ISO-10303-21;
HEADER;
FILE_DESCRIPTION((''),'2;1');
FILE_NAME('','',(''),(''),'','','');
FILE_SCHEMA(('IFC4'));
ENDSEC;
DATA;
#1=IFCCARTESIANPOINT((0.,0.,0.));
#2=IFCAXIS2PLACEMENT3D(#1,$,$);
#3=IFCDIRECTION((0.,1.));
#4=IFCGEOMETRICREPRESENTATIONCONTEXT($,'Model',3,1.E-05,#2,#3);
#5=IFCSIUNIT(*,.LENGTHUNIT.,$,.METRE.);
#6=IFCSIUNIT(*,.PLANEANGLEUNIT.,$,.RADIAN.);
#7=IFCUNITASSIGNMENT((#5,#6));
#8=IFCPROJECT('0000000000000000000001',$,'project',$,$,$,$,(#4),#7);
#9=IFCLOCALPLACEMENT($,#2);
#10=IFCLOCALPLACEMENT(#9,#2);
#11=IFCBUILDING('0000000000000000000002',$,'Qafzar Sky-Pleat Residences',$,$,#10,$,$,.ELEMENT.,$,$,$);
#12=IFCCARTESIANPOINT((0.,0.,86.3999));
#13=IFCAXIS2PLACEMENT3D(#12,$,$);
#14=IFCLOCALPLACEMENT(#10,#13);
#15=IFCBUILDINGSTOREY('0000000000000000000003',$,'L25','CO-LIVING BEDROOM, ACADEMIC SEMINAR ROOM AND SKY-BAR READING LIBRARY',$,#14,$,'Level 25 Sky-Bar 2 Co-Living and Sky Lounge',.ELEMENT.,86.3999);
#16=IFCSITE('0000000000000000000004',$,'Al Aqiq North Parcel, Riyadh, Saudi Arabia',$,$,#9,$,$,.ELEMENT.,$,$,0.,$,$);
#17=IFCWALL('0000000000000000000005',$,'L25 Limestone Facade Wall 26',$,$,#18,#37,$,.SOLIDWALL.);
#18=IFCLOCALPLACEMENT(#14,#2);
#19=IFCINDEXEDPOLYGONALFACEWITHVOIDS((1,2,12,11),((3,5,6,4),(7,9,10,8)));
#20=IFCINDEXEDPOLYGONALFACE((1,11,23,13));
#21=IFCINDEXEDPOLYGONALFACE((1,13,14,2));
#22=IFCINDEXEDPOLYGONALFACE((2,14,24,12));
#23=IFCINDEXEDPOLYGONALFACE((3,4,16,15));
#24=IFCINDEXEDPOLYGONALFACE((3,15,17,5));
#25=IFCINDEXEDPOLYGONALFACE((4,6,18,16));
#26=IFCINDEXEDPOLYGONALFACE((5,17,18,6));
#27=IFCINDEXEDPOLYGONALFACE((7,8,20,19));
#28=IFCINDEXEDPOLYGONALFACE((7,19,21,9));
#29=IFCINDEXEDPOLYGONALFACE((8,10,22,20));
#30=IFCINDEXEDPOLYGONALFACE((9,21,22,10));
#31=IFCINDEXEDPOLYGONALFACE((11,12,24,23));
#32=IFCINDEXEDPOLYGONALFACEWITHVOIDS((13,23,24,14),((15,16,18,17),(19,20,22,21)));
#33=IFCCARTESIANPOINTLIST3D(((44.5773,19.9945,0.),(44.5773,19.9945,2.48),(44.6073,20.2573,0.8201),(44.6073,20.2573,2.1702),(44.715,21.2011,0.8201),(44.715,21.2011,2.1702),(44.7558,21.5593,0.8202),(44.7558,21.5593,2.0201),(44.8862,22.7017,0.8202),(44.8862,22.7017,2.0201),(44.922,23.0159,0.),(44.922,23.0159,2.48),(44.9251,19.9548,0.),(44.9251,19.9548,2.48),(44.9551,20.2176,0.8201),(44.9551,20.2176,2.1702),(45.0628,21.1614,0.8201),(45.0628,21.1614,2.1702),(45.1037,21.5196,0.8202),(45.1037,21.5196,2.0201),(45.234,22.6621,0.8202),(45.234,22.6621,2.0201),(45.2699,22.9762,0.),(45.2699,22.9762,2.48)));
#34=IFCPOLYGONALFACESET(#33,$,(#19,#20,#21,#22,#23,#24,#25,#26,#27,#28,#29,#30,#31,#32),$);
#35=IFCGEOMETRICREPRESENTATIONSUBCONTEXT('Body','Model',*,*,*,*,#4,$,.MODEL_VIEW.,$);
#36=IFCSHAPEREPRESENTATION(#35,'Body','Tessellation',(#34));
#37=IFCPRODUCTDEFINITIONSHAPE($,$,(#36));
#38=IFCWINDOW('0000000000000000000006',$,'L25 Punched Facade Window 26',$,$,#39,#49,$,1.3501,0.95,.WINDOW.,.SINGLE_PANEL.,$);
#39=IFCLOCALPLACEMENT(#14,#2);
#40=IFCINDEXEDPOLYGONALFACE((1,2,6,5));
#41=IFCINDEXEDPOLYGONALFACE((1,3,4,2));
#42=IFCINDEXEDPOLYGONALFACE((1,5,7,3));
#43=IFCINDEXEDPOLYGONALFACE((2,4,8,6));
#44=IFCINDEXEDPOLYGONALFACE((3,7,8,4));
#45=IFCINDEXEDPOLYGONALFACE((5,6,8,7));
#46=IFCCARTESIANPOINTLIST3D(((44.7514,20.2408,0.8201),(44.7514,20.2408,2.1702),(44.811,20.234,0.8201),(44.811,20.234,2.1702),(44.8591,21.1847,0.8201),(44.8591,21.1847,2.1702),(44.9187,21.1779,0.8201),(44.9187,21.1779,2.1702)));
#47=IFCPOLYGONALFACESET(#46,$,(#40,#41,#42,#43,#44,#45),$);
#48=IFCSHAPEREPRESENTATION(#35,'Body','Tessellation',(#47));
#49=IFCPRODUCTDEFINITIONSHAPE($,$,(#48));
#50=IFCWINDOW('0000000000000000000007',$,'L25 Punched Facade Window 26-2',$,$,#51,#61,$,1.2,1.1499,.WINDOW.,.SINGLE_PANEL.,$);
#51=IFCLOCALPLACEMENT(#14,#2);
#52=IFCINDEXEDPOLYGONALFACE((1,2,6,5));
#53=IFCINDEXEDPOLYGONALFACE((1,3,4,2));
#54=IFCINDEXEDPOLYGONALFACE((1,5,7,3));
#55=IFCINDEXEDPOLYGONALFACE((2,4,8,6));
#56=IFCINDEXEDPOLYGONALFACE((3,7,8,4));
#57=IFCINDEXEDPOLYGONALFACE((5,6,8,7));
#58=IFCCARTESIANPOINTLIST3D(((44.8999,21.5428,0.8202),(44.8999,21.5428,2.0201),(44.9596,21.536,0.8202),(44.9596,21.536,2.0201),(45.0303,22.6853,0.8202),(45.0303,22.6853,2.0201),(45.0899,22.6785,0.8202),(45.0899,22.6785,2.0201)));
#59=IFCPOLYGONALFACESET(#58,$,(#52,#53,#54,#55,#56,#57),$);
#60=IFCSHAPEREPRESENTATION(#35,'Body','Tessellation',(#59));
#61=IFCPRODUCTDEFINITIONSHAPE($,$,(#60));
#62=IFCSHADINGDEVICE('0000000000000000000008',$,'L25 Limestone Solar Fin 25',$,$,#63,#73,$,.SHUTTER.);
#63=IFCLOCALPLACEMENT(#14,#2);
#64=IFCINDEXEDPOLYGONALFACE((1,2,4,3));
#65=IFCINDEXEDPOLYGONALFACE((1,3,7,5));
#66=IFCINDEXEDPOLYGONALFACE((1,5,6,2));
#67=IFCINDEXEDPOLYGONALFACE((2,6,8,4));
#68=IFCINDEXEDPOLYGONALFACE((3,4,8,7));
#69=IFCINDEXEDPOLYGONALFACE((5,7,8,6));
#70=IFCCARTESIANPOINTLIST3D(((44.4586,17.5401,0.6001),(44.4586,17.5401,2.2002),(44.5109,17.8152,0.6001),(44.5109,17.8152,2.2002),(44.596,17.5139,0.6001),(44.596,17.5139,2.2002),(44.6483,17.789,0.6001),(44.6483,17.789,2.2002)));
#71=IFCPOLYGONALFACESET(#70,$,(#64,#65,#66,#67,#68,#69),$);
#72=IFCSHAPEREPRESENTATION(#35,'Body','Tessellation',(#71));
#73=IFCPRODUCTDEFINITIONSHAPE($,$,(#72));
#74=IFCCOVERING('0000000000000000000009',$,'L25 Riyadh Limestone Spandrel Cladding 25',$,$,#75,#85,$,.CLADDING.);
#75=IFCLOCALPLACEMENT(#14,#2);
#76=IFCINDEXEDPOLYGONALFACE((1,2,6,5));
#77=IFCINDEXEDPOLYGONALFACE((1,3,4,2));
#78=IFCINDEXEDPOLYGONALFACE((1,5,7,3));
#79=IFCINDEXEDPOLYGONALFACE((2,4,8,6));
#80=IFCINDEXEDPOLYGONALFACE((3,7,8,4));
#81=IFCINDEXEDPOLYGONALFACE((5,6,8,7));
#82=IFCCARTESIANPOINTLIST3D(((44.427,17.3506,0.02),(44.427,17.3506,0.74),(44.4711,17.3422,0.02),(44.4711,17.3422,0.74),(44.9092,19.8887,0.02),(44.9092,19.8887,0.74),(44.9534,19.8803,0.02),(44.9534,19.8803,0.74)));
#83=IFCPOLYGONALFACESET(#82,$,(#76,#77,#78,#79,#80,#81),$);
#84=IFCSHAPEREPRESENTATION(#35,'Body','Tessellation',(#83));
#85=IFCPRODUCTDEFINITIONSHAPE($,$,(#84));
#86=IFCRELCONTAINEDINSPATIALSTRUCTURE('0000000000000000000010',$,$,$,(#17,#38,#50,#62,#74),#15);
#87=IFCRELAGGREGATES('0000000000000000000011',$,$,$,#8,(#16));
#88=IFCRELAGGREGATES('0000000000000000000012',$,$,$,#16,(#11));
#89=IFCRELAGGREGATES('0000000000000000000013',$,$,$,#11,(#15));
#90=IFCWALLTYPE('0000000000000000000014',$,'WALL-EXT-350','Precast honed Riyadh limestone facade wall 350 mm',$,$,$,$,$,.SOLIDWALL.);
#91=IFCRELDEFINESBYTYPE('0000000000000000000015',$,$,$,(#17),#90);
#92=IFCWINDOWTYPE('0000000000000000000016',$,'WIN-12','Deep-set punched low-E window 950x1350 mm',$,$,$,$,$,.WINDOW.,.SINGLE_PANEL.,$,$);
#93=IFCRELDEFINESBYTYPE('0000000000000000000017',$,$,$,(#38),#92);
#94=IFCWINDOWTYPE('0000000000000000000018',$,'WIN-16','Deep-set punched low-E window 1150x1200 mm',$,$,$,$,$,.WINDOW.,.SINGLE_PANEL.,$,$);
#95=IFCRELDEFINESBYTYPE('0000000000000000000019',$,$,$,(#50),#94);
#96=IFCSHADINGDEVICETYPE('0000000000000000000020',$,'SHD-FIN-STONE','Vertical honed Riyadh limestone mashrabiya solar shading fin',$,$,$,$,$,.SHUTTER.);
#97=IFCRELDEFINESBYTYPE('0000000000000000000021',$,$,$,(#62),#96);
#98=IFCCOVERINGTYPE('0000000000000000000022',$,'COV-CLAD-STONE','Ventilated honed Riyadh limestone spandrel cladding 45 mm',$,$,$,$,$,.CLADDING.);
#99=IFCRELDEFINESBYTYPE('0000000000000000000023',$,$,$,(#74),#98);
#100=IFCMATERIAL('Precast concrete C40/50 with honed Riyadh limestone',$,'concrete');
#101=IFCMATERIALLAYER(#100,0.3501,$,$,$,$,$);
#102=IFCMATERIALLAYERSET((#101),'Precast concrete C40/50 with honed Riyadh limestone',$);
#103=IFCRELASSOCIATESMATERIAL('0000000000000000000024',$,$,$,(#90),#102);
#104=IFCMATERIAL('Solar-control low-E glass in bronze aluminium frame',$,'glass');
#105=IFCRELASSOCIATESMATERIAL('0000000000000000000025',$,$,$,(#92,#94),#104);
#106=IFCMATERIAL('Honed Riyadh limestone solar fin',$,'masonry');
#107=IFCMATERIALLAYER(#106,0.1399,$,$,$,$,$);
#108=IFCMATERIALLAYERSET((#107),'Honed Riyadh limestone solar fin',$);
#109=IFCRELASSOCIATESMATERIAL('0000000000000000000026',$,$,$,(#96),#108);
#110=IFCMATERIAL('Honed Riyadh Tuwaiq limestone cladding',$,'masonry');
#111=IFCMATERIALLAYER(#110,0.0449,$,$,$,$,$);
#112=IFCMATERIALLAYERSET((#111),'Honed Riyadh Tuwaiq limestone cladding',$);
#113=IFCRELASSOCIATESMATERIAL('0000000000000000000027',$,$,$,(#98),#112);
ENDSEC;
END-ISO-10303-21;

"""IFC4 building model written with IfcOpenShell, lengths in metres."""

from ifc_helpers import new_model, si_unit, direction, frame, frame_2d, origin, origin_2d, place, context, subcontext, project, spatial, rectangle, extrude, source, transform, mapped, material, layer, layer_set, type_object, element, fill, save


model = new_model("IFC4")

# Units and contexts
model_context = context("Model", 3, precision=1e-05, world=origin(), true_north=direction((0.0, 1.0)))
body_context = subcontext(model_context, "Body", "Model", "MODEL_VIEW")
ifc_project = project(units=[si_unit("LENGTHUNIT", "METRE"), si_unit("PLANEANGLEUNIT", "RADIAN")], contexts=[model_context])

# Site, building, storey
site_placement = place(None, origin())
site = spatial("IfcSite", under=ifc_project, at=site_placement, Name="Al Aqiq North Parcel, Riyadh, Saudi Arabia", CompositionType="ELEMENT", RefElevation=0.0)
building_placement = place(site_placement, origin())
building = spatial("IfcBuilding", under=site, at=building_placement, Name="Qafzar Sky-Pleat Residences", CompositionType="ELEMENT")
storey_placement = place(building_placement, frame((0.0, 0.0, 86.3999)))
storey = spatial("IfcBuildingStorey", under=building, at=storey_placement, Name="L25", Description="CO-LIVING BEDROOM, ACADEMIC SEMINAR ROOM AND SKY-BAR READING LIBRARY", LongName="Level 25 Sky-Bar 2 Co-Living and Sky Lounge", CompositionType="ELEMENT", Elevation=86.3999)

# Shared definitions
ifc_material_1 = material(Name="Precast concrete C40/50 with honed Riyadh limestone", Category="concrete")
ifc_layer_1 = layer(ifc_material_1, 0.3501)
ifc_layer_set_1 = layer_set([ifc_layer_1], Name="Precast concrete C40/50 with honed Riyadh limestone")
wall_type_1 = type_object("IfcWallType", Name="WALL-EXT-350", Description="Precast honed Riyadh limestone facade wall 350 mm", PredefinedType="SOLIDWALL", material=ifc_layer_set_1)

# Shared definitions
ifc_material_2 = material(Name="Solar-control low-E glass in bronze aluminium frame", Category="glass")

# Wall, openings, windows
wall_1_placement = place(storey_placement, frame((44.7512, 19.9746, 0.0), z_axis=(0.0, 0.0, 1.0), x_axis=(0.113356, 0.993554, 0.0)))
wall_1 = element("IfcWall", 1, at=wall_1_placement, inside=storey, type_object=wall_type_1, Name="L25 Limestone Facade Wall 26", PredefinedType="SOLIDWALL", context=body_context, shape_type="SweptSolid", body=[
    extrude(rectangle(XDim=3.041, YDim=0.3501, at=frame_2d((1.5205, 0.0))), origin(), (0.0, 0.0, 1.0), 2.48),
])
opening_1_placement = place(wall_1_placement, frame((0.2644, 0.0, 0.8201)))
opening_1 = element("IfcOpeningElement", 2, at=opening_1_placement, cuts=wall_1, PredefinedType="OPENING", context=body_context, shape_type="SweptSolid", body=[
    extrude(rectangle(XDim=0.95, YDim=1.3501, at=frame_2d((0.4751, 0.675))), frame((0.0, 0.1851, 0.0), z_axis=(0.0, -1.0, 0.0), x_axis=(1.0, 0.0, 0.0)), (0.0, 0.0, 1.0), 0.3701),
])
opening_2_placement = place(wall_1_placement, frame((1.575, 0.0, 0.8201)))
opening_2 = element("IfcOpeningElement", 3, at=opening_2_placement, cuts=wall_1, PredefinedType="OPENING", context=body_context, shape_type="SweptSolid", body=[
    extrude(rectangle(XDim=1.1499, YDim=1.2, at=frame_2d((0.575, 0.6001))), frame((0.0, 0.1851, 0.0), z_axis=(0.0, -1.0, 0.0), x_axis=(1.0, 0.0, 0.0)), (0.0, 0.0, 1.0), 0.3701),
])
window_type_1 = type_object("IfcWindowType", Name="WIN-12", Description="Deep-set punched low-E window 950x1350 mm", PartitioningType="SINGLE_PANEL", PredefinedType="WINDOW", material=ifc_material_2)
shared_shape_1 = source(origin(), body_context, "Body", "SweptSolid", [
    extrude(rectangle(XDim=0.95, YDim=1.3501, at=frame_2d((0.4751, 0.675))), frame((0.0, 0.03, 0.0), z_axis=(0.0, -1.0, 0.0), x_axis=(1.0, 0.0, 0.0)), (0.0, 0.0, 1.0), 0.0601),
])
window_1_placement = place(opening_1_placement, origin())
window_1 = element("IfcWindow", 4, at=window_1_placement, inside=storey, type_object=window_type_1, Name="L25 Punched Facade Window 26", OverallHeight=1.3501, OverallWidth=0.95, PartitioningType="SINGLE_PANEL", PredefinedType="WINDOW", context=body_context, shape_type="MappedRepresentation", body=[
    mapped(shared_shape_1, transform((0.0, 0.0, 0.0), x_axis=(1.0, 0.0, 0.0), y_axis=(0.0, 1.0, 0.0), z_axis=(0.0, 0.0, 1.0), scale=1.0)),
])
fill(opening_1, window_1)
window_type_2 = type_object("IfcWindowType", Name="WIN-16", Description="Deep-set punched low-E window 1150x1200 mm", PartitioningType="SINGLE_PANEL", PredefinedType="WINDOW", material=ifc_material_2)
shared_shape_2 = source(origin(), body_context, "Body", "SweptSolid", [
    extrude(rectangle(XDim=1.1499, YDim=1.2, at=frame_2d((0.575, 0.6001))), frame((0.0, 0.03, 0.0), z_axis=(0.0, -1.0, 0.0), x_axis=(1.0, 0.0, 0.0)), (0.0, 0.0, 1.0), 0.0601),
])
window_2_placement = place(opening_2_placement, origin())
window_2 = element("IfcWindow", 5, at=window_2_placement, inside=storey, type_object=window_type_2, Name="L25 Punched Facade Window 26-2", OverallHeight=1.2, OverallWidth=1.1499, PartitioningType="SINGLE_PANEL", PredefinedType="WINDOW", context=body_context, shape_type="MappedRepresentation", body=[
    mapped(shared_shape_2, transform((0.0, 0.0, 0.0), x_axis=(1.0, 0.0, 0.0), y_axis=(0.0, 1.0, 0.0), z_axis=(0.0, 0.0, 1.0), scale=1.0)),
])
fill(opening_2, window_2)

# Shading device
ifc_material_3 = material(Name="Honed Riyadh limestone solar fin", Category="masonry")
ifc_layer_2 = layer(ifc_material_3, 0.1399)
ifc_layer_set_2 = layer_set([ifc_layer_2], Name="Honed Riyadh limestone solar fin")
shading_device_type = type_object("IfcShadingDeviceType", Name="SHD-FIN-STONE", Description="Vertical honed Riyadh limestone mashrabiya solar shading fin", PredefinedType="SHUTTER", material=ifc_layer_set_2)
shared_shape_3 = source(origin(), body_context, "Body", "SweptSolid", [
    extrude(rectangle(XDim=0.1399, YDim=0.28, at=origin_2d()), origin(), (0.0, 0.0, 1.0), 1.6001),
])
shading_device_placement = place(storey_placement, frame((44.5535, 17.6646, 0.6001), z_axis=(0.0, 0.0, 1.0), x_axis=(0.982426, -0.186654, 0.0)))
element("IfcShadingDevice", 6, at=shading_device_placement, inside=storey, type_object=shading_device_type, Name="L25 Limestone Solar Fin 25", PredefinedType="SHUTTER", context=body_context, shape_type="MappedRepresentation", body=[
    mapped(shared_shape_3, transform((0.0, 0.0, 0.0), x_axis=(1.0, 0.0, 0.0), y_axis=(0.0, 1.0, 0.0), z_axis=(0.0, 0.0, 1.0), scale=1.0)),
])

# Covering
ifc_material_4 = material(Name="Honed Riyadh Tuwaiq limestone cladding", Category="masonry")
ifc_layer_3 = layer(ifc_material_4, 0.0449)
ifc_layer_set_3 = layer_set([ifc_layer_3], Name="Honed Riyadh Tuwaiq limestone cladding")
covering_type = type_object("IfcCoveringType", Name="COV-CLAD-STONE", Description="Ventilated honed Riyadh limestone spandrel cladding 45 mm", PredefinedType="CLADDING", material=ifc_layer_set_3)
shared_shape_4 = source(origin(), body_context, "Body", "SweptSolid", [
    extrude(rectangle(XDim=2.5835, YDim=0.0449, at=origin_2d()), origin(), (0.0, 0.0, 1.0), 0.72),
])
covering_placement = place(storey_placement, frame((44.6902, 18.6155, 0.02), z_axis=(0.0, 0.0, 1.0), x_axis=(0.186654, 0.982426, 0.0)))
element("IfcCovering", 7, at=covering_placement, inside=storey, type_object=covering_type, Name="L25 Riyadh Limestone Spandrel Cladding 25", PredefinedType="CLADDING", context=body_context, shape_type="MappedRepresentation", body=[
    mapped(shared_shape_4, transform((0.0, 0.0, 0.0), x_axis=(1.0, 0.0, 0.0), y_axis=(0.0, 1.0, 0.0), z_axis=(0.0, 0.0, 1.0), scale=1.0)),
])

save(model, "model.ifc")
